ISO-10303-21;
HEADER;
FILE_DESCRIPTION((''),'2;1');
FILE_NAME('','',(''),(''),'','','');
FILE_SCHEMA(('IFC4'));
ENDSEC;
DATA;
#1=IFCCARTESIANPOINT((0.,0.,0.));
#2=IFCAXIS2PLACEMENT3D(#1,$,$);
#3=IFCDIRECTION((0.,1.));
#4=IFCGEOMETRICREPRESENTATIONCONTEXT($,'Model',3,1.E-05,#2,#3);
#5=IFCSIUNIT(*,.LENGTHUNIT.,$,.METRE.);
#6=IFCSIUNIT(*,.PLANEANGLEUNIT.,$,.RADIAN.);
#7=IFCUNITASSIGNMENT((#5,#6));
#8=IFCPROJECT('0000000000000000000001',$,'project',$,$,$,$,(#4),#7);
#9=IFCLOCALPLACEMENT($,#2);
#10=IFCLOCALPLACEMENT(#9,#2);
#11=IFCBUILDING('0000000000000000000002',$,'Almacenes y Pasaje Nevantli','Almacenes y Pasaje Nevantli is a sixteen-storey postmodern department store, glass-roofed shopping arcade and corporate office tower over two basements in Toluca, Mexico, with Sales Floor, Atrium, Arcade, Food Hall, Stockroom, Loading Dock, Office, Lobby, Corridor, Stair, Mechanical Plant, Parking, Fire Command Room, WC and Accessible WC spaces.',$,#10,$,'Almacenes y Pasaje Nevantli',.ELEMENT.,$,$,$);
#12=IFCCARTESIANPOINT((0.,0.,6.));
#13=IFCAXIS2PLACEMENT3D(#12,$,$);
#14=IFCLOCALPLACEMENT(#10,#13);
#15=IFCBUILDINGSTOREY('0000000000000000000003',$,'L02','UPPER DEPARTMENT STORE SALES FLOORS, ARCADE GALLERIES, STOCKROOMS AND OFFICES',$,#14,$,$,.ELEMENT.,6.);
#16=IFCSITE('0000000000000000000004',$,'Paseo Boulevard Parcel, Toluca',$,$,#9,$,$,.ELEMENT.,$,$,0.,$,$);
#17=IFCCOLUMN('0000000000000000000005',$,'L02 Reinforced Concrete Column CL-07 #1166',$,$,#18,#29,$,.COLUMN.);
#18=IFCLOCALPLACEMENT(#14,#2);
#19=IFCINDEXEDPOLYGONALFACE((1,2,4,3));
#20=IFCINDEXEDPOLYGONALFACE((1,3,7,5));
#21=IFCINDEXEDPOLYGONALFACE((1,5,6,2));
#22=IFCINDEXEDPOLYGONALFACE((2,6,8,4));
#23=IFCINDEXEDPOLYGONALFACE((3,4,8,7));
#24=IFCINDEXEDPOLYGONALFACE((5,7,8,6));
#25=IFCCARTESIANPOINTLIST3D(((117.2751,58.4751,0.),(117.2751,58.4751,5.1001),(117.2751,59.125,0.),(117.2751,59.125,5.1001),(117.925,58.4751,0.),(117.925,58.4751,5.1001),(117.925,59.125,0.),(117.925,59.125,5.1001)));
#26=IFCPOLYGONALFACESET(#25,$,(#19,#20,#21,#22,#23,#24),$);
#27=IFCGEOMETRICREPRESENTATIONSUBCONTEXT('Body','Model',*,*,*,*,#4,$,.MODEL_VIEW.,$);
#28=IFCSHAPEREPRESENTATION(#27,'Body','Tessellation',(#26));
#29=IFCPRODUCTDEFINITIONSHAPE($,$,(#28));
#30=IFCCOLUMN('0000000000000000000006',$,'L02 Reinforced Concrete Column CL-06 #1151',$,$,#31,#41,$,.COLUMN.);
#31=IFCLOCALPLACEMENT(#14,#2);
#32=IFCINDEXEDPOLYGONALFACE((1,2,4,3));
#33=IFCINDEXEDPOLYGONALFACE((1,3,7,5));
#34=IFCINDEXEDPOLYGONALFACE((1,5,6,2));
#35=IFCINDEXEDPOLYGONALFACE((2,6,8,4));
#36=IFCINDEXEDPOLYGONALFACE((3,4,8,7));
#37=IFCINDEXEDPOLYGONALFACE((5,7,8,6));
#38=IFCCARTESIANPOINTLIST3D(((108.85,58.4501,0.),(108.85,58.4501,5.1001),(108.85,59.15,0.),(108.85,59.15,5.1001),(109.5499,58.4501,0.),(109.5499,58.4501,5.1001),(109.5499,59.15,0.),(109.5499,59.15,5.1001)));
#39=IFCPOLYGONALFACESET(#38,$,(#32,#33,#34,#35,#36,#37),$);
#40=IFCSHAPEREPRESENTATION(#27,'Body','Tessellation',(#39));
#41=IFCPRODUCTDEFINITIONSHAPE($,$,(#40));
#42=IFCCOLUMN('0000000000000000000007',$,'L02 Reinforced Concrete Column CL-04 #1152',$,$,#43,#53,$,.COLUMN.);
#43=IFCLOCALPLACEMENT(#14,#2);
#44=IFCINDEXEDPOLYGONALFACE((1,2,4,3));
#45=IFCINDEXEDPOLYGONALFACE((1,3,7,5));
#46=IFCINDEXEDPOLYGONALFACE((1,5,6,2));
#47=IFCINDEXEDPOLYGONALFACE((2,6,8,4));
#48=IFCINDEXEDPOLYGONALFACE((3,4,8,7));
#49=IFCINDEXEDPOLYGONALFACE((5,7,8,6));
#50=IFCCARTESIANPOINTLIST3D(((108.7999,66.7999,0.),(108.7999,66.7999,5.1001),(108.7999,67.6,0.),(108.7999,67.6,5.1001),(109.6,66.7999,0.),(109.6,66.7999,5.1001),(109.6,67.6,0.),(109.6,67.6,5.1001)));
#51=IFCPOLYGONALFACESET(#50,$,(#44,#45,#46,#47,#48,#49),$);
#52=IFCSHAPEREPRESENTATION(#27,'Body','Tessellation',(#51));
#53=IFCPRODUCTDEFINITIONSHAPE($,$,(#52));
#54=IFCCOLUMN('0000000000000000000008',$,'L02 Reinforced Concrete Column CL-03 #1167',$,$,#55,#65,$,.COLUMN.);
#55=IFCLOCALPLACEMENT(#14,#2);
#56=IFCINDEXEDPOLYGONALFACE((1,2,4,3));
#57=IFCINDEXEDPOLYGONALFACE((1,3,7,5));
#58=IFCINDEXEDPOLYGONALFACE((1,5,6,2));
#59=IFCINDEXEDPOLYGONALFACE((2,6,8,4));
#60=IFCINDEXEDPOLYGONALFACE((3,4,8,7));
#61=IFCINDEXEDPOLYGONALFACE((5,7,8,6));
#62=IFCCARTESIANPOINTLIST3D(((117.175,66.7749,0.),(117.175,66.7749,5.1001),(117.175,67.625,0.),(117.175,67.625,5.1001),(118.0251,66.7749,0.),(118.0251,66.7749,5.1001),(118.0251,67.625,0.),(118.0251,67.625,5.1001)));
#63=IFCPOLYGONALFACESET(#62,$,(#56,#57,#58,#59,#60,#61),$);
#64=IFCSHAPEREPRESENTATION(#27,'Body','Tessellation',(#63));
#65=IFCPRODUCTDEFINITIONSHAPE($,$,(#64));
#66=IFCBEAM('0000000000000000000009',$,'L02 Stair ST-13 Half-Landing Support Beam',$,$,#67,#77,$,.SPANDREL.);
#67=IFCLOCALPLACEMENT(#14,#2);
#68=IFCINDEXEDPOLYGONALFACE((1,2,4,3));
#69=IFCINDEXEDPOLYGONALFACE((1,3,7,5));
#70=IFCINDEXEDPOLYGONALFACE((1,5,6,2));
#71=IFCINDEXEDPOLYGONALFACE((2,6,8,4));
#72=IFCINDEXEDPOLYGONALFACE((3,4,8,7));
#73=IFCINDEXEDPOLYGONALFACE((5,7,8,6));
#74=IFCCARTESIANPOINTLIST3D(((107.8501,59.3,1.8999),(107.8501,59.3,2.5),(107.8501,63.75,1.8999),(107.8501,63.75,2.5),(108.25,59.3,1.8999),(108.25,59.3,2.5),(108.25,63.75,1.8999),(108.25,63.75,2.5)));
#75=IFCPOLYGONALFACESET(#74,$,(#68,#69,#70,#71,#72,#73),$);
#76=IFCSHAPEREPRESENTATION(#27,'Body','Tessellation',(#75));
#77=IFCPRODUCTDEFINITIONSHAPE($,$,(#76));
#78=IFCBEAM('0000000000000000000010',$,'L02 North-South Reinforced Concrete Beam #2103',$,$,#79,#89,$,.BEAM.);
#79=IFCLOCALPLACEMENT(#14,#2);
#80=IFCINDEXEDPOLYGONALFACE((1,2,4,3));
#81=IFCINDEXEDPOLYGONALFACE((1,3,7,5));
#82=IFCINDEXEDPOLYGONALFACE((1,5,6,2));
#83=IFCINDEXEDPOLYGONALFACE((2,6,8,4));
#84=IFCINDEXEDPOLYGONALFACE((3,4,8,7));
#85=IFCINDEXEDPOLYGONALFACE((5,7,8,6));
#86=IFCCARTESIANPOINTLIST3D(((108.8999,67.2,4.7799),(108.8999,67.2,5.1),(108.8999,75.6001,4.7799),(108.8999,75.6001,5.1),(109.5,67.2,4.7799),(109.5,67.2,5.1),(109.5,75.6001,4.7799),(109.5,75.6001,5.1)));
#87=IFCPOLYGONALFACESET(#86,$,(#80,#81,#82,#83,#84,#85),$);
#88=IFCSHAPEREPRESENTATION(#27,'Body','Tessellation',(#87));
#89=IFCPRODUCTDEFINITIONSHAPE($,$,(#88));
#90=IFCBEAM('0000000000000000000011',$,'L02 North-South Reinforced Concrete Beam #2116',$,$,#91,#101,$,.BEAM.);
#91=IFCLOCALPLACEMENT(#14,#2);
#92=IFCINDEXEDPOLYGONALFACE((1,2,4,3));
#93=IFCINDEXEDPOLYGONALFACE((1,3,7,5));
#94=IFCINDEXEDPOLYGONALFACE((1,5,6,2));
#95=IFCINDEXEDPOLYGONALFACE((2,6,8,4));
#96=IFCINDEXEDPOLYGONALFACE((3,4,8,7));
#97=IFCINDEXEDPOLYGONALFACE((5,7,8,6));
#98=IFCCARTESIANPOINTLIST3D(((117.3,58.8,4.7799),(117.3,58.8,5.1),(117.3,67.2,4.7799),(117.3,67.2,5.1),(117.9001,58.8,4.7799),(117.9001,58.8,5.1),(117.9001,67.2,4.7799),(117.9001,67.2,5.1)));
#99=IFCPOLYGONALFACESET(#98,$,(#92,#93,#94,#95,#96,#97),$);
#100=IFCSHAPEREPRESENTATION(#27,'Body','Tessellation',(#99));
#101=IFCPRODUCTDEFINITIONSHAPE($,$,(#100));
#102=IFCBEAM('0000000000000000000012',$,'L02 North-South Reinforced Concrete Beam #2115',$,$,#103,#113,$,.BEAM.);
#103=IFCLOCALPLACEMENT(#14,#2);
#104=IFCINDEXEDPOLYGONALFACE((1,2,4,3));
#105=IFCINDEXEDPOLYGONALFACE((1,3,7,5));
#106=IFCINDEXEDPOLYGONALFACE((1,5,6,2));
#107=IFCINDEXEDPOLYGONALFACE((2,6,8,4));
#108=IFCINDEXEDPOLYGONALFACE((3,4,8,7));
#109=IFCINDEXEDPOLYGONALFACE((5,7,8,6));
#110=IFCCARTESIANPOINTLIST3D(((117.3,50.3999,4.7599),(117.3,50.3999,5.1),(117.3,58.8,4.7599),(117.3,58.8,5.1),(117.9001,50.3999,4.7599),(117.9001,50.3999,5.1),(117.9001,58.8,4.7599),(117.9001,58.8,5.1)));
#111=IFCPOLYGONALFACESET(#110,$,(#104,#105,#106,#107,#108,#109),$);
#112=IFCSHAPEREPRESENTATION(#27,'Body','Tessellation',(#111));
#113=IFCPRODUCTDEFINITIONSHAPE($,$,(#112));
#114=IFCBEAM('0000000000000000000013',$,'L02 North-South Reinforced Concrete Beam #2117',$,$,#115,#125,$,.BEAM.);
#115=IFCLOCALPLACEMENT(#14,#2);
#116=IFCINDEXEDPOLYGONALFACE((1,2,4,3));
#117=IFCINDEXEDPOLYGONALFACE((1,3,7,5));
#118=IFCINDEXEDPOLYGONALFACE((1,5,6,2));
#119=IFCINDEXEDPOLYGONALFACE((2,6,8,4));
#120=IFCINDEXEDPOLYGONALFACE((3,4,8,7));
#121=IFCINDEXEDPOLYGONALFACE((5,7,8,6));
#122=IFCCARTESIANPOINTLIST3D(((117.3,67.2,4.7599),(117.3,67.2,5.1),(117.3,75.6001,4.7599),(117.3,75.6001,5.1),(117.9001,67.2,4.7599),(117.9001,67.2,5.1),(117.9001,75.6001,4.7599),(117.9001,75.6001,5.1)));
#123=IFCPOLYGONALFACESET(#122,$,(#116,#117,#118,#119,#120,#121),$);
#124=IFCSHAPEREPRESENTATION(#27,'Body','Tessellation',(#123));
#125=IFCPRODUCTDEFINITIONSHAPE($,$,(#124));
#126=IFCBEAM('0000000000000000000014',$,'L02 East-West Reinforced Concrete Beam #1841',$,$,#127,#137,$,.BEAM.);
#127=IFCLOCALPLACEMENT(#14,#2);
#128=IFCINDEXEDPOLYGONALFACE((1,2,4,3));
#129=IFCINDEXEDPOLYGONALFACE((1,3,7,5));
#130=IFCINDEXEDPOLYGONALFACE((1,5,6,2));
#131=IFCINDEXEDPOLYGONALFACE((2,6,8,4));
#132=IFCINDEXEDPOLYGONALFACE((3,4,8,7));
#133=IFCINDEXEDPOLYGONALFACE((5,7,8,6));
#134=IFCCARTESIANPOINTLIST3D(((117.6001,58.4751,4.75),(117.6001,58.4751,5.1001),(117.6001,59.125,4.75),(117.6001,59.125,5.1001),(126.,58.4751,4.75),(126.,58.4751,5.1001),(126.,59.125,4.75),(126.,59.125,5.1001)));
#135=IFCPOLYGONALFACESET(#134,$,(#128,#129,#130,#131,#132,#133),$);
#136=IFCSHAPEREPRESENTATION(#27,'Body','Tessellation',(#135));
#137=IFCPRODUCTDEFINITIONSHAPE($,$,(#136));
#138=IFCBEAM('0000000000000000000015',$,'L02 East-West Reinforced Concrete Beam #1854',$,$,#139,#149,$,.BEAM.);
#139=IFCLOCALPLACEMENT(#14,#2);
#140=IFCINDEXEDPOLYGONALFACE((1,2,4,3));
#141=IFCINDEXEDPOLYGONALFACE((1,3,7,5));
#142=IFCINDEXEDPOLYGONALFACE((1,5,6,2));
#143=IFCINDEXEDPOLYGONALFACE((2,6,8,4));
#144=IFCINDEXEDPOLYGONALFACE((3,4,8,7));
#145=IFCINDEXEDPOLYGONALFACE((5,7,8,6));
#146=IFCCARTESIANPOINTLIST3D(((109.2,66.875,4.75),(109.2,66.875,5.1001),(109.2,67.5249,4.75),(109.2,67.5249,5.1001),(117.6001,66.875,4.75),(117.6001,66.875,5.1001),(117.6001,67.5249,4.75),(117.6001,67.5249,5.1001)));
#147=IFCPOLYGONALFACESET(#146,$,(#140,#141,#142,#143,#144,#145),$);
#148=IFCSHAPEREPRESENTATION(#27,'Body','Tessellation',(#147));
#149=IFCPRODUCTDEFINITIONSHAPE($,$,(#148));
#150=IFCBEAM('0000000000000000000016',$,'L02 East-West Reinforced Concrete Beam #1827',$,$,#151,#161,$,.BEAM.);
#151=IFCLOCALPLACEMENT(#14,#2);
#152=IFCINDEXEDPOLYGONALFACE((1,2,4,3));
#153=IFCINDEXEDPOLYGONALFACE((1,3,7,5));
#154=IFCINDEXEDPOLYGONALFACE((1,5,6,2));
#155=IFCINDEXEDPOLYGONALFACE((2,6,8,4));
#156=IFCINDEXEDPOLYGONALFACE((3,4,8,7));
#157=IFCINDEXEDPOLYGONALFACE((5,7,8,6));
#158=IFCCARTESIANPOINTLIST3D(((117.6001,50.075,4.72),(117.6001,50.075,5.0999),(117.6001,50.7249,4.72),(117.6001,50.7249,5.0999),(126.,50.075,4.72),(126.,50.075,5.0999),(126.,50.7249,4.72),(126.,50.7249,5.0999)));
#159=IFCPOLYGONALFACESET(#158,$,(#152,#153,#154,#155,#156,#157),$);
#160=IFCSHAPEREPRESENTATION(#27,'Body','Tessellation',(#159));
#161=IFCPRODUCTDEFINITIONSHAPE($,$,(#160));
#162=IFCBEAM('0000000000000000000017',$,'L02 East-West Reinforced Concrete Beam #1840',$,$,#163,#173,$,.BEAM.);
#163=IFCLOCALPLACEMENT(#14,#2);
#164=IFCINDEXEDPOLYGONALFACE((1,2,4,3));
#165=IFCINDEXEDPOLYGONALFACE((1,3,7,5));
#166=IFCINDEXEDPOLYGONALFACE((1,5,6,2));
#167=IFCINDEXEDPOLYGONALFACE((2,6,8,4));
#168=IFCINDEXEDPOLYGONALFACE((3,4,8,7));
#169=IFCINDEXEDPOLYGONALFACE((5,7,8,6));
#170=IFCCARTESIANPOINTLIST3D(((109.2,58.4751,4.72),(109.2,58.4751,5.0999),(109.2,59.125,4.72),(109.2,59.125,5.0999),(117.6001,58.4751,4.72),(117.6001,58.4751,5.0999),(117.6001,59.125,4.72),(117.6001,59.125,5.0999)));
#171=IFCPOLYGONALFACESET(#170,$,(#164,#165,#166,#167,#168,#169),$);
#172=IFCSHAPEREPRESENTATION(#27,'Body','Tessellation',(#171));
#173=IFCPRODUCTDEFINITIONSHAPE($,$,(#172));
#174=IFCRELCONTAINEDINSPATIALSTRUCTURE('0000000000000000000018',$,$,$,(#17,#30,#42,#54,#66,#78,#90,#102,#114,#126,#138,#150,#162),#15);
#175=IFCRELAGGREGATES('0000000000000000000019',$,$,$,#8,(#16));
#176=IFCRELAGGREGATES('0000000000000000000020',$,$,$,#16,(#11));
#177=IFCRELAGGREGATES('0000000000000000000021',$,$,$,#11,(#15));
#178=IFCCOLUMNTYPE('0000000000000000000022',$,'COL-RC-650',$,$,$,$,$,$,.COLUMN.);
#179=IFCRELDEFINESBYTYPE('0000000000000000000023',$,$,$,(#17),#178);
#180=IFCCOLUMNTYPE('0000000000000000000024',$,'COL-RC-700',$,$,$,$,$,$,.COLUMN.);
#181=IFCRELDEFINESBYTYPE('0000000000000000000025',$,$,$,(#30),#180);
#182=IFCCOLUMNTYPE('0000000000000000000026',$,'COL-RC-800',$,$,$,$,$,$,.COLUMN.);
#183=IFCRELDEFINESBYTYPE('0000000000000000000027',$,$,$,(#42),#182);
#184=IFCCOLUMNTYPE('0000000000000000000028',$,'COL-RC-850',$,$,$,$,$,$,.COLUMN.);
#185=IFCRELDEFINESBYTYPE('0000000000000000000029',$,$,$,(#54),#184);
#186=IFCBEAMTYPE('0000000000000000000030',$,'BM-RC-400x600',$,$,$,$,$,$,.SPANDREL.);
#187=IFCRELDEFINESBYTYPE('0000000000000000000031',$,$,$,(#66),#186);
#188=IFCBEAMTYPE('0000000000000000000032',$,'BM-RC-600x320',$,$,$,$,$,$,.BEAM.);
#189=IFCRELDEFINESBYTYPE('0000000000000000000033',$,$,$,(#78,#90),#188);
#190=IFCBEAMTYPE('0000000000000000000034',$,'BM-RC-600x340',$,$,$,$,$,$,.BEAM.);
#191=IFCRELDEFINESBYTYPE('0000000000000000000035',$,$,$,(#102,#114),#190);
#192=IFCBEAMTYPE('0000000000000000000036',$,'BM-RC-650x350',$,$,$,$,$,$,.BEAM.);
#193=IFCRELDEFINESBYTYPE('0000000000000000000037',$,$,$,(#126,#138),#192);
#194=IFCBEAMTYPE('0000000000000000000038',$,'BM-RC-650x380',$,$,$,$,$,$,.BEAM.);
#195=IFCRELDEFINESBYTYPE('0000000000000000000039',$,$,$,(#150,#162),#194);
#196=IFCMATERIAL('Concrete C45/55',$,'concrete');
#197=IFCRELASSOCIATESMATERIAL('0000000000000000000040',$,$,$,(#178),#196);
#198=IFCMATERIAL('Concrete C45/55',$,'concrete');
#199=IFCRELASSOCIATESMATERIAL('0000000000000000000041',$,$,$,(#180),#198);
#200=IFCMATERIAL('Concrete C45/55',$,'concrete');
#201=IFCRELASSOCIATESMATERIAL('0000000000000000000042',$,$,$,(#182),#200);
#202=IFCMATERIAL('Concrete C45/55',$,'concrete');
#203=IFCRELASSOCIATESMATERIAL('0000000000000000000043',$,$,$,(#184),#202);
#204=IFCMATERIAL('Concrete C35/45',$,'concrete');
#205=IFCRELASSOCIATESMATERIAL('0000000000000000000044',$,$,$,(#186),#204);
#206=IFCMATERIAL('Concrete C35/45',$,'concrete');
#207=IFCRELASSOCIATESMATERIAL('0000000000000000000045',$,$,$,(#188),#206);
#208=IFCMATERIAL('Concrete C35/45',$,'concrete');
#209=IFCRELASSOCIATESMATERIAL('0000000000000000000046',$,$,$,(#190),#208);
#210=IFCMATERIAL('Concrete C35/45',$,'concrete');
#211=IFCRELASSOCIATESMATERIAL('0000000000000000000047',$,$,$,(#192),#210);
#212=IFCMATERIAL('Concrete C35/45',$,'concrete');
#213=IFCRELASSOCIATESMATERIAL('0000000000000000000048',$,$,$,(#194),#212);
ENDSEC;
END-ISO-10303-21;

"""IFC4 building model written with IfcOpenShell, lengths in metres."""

from ifc_helpers import new_model, si_unit, direction, frame, origin, origin_2d, place, context, subcontext, project, spatial, rectangle, extrude, material, material_profile, profile_set, type_object, element, save


model = new_model("IFC4")

# Units and contexts
model_context = context("Model", 3, precision=1e-05, world=origin(), true_north=direction((0.0, 1.0)))
body_context = subcontext(model_context, "Body", "Model", "MODEL_VIEW")
ifc_project = project(units=[si_unit("LENGTHUNIT", "METRE"), si_unit("PLANEANGLEUNIT", "RADIAN")], contexts=[model_context])

# Site, building, storey
site_placement = place(None, origin())
site = spatial("IfcSite", under=ifc_project, at=site_placement, Name="Paseo Boulevard Parcel, Toluca", CompositionType="ELEMENT", RefElevation=0.0)
building_placement = place(site_placement, origin())
building = spatial("IfcBuilding", under=site, at=building_placement, Name="Almacenes y Pasaje Nevantli", Description="Almacenes y Pasaje Nevantli is a sixteen-storey postmodern department store, glass-roofed shopping arcade and corporate office tower over two basements in Toluca, Mexico, with Sales Floor, Atrium, Arcade, Food Hall, Stockroom, Loading Dock, Office, Lobby, Corridor, Stair, Mechanical Plant, Parking, Fire Command Room, WC and Accessible WC spaces.", LongName="Almacenes y Pasaje Nevantli", CompositionType="ELEMENT")
storey_placement = place(building_placement, frame((0.0, 0.0, 6.0)))
storey = spatial("IfcBuildingStorey", under=building, at=storey_placement, Name="L02", Description="UPPER DEPARTMENT STORE SALES FLOORS, ARCADE GALLERIES, STOCKROOMS AND OFFICES", CompositionType="ELEMENT", Elevation=6.0)

# Columns
ifc_material_1 = material(Name="Concrete C45/55", Category="concrete")
ifc_material_profile_1 = material_profile(ifc_material_1, rectangle(XDim=0.6499, YDim=0.6499, at=origin_2d()), Name="RC-COL-650x650")
ifc_profile_set_1 = profile_set([ifc_material_profile_1], Name="Concrete C45/55")
column_type_1 = type_object("IfcColumnType", Name="COL-RC-650", PredefinedType="COLUMN", material=ifc_profile_set_1)
column_1_placement = place(storey_placement, frame((117.6001, 58.8, 0.0), z_axis=(0.0, 0.0, 1.0), x_axis=(1.0, 0.0, 0.0)))
element("IfcColumn", 1, at=column_1_placement, inside=storey, type_object=column_type_1, Name="L02 Reinforced Concrete Column CL-07 #1166", PredefinedType="COLUMN", context=body_context, shape_type="SweptSolid", body=[
    extrude(rectangle(XDim=0.6499, YDim=0.6499, at=origin_2d()), origin(), (0.0, 0.0, 1.0), 5.1001),
])
ifc_material_2 = material(Name="Concrete C45/55", Category="concrete")
ifc_material_profile_2 = material_profile(ifc_material_2, rectangle(XDim=0.7, YDim=0.7, at=origin_2d()), Name="RC-COL-700x700")
ifc_profile_set_2 = profile_set([ifc_material_profile_2], Name="Concrete C45/55")
column_type_2 = type_object("IfcColumnType", Name="COL-RC-700", PredefinedType="COLUMN", material=ifc_profile_set_2)
column_2_placement = place(storey_placement, frame((109.2, 58.8, 0.0), z_axis=(0.0, 0.0, 1.0), x_axis=(1.0, 0.0, 0.0)))
element("IfcColumn", 2, at=column_2_placement, inside=storey, type_object=column_type_2, Name="L02 Reinforced Concrete Column CL-06 #1151", PredefinedType="COLUMN", context=body_context, shape_type="SweptSolid", body=[
    extrude(rectangle(XDim=0.7, YDim=0.7, at=origin_2d()), origin(), (0.0, 0.0, 1.0), 5.1001),
])
ifc_material_3 = material(Name="Concrete C45/55", Category="concrete")
ifc_material_profile_3 = material_profile(ifc_material_3, rectangle(XDim=0.8, YDim=0.8, at=origin_2d()), Name="RC-COL-800x800")
ifc_profile_set_3 = profile_set([ifc_material_profile_3], Name="Concrete C45/55")
column_type_3 = type_object("IfcColumnType", Name="COL-RC-800", PredefinedType="COLUMN", material=ifc_profile_set_3)
column_3_placement = place(storey_placement, frame((109.2, 67.2, 0.0), z_axis=(0.0, 0.0, 1.0), x_axis=(1.0, 0.0, 0.0)))
element("IfcColumn", 3, at=column_3_placement, inside=storey, type_object=column_type_3, Name="L02 Reinforced Concrete Column CL-04 #1152", PredefinedType="COLUMN", context=body_context, shape_type="SweptSolid", body=[
    extrude(rectangle(XDim=0.8, YDim=0.8, at=origin_2d()), origin(), (0.0, 0.0, 1.0), 5.1001),
])
ifc_material_4 = material(Name="Concrete C45/55", Category="concrete")
ifc_material_profile_4 = material_profile(ifc_material_4, rectangle(XDim=0.8501, YDim=0.8501, at=origin_2d()), Name="RC-COL-850x850")
ifc_profile_set_4 = profile_set([ifc_material_profile_4], Name="Concrete C45/55")
column_type_4 = type_object("IfcColumnType", Name="COL-RC-850", PredefinedType="COLUMN", material=ifc_profile_set_4)
column_4_placement = place(storey_placement, frame((117.6001, 67.2, 0.0), z_axis=(0.0, 0.0, 1.0), x_axis=(1.0, 0.0, 0.0)))
element("IfcColumn", 4, at=column_4_placement, inside=storey, type_object=column_type_4, Name="L02 Reinforced Concrete Column CL-03 #1167", PredefinedType="COLUMN", context=body_context, shape_type="SweptSolid", body=[
    extrude(rectangle(XDim=0.8501, YDim=0.8501, at=origin_2d()), origin(), (0.0, 0.0, 1.0), 5.1001),
])

# Beams
ifc_material_5 = material(Name="Concrete C35/45", Category="concrete")
ifc_material_profile_5 = material_profile(ifc_material_5, rectangle(XDim=0.3999, YDim=0.6001, at=origin_2d()), Name="RC-BM-400x600")
ifc_profile_set_5 = profile_set([ifc_material_profile_5], Name="Concrete C35/45")
beam_type_1 = type_object("IfcBeamType", Name="BM-RC-400x600", PredefinedType="SPANDREL", material=ifc_profile_set_5)
beam_1_placement = place(storey_placement, frame((108.05, 59.3, 2.2), z_axis=(0.0, 1.0, 0.0), x_axis=(-1.0, 0.0, 0.0)))
element("IfcBeam", 5, at=beam_1_placement, inside=storey, type_object=beam_type_1, Name="L02 Stair ST-13 Half-Landing Support Beam", PredefinedType="SPANDREL", context=body_context, shape_type="SweptSolid", body=[
    extrude(rectangle(XDim=0.3999, YDim=0.6001, at=origin_2d()), origin(), (0.0, 0.0, 1.0), 4.45),
])
ifc_material_6 = material(Name="Concrete C35/45", Category="concrete")
ifc_material_profile_6 = material_profile(ifc_material_6, rectangle(XDim=0.6001, YDim=0.3201, at=origin_2d()), Name="RC-BM-600x320")
ifc_profile_set_6 = profile_set([ifc_material_profile_6], Name="Concrete C35/45")
beam_type_2 = type_object("IfcBeamType", Name="BM-RC-600x320", PredefinedType="BEAM", material=ifc_profile_set_6)
beam_2_placement = place(storey_placement, frame((109.2, 67.2, 4.9399), z_axis=(0.0, 1.0, 0.0), x_axis=(-1.0, 0.0, 0.0)))
element("IfcBeam", 6, at=beam_2_placement, inside=storey, type_object=beam_type_2, Name="L02 North-South Reinforced Concrete Beam #2103", PredefinedType="BEAM", context=body_context, shape_type="SweptSolid", body=[
    extrude(rectangle(XDim=0.6001, YDim=0.3201, at=origin_2d()), origin(), (0.0, 0.0, 1.0), 8.4001),
])
beam_3_placement = place(storey_placement, frame((117.6001, 58.8, 4.9399), z_axis=(0.0, 1.0, 0.0), x_axis=(-1.0, 0.0, 0.0)))
element("IfcBeam", 7, at=beam_3_placement, inside=storey, type_object=beam_type_2, Name="L02 North-South Reinforced Concrete Beam #2116", PredefinedType="BEAM", context=body_context, shape_type="SweptSolid", body=[
    extrude(rectangle(XDim=0.6001, YDim=0.3201, at=origin_2d()), origin(), (0.0, 0.0, 1.0), 8.3999),
])
ifc_material_7 = material(Name="Concrete C35/45", Category="concrete")
ifc_material_profile_7 = material_profile(ifc_material_7, rectangle(XDim=0.6001, YDim=0.3401, at=origin_2d()), Name="RC-BM-600x340")
ifc_profile_set_7 = profile_set([ifc_material_profile_7], Name="Concrete C35/45")
beam_type_3 = type_object("IfcBeamType", Name="BM-RC-600x340", PredefinedType="BEAM", material=ifc_profile_set_7)
for number, where, z_axis, x_axis, name in (
    (8, (117.6001, 50.3999, 4.9299), (0.0, 1.0, 0.0), (-1.0, 0.0, 0.0), "L02 North-South Reinforced Concrete Beam #2115"),
    (9, (117.6001, 67.2, 4.9299), (0.0, 1.0, 0.0), (-1.0, 0.0, 0.0), "L02 North-South Reinforced Concrete Beam #2117"),
):
    element("IfcBeam", number, at=place(storey_placement, frame(where, z_axis=z_axis, x_axis=x_axis)), inside=storey, type_object=beam_type_3, Name=name, PredefinedType="BEAM", context=body_context, shape_type="SweptSolid", body=[
        extrude(rectangle(XDim=0.6001, YDim=0.3401, at=origin_2d()), origin(), (0.0, 0.0, 1.0), 8.4001),
    ])
ifc_material_8 = material(Name="Concrete C35/45", Category="concrete")
ifc_material_profile_8 = material_profile(ifc_material_8, rectangle(XDim=0.6499, YDim=0.3501, at=origin_2d()), Name="RC-BM-650x350")
ifc_profile_set_8 = profile_set([ifc_material_profile_8], Name="Concrete C35/45")
beam_type_4 = type_object("IfcBeamType", Name="BM-RC-650x350", PredefinedType="BEAM", material=ifc_profile_set_8)
beam_4_placement = place(storey_placement, frame((117.6001, 58.8, 4.925), z_axis=(1.0, 0.0, 0.0), x_axis=(0.0, 1.0, 0.0)))
element("IfcBeam", 10, at=beam_4_placement, inside=storey, type_object=beam_type_4, Name="L02 East-West Reinforced Concrete Beam #1841", PredefinedType="BEAM", context=body_context, shape_type="SweptSolid", body=[
    extrude(rectangle(XDim=0.6499, YDim=0.3501, at=origin_2d()), origin(), (0.0, 0.0, 1.0), 8.3999),
])
beam_5_placement = place(storey_placement, frame((109.2, 67.2, 4.925), z_axis=(1.0, 0.0, 0.0), x_axis=(0.0, 1.0, 0.0)))
element("IfcBeam", 11, at=beam_5_placement, inside=storey, type_object=beam_type_4, Name="L02 East-West Reinforced Concrete Beam #1854", PredefinedType="BEAM", context=body_context, shape_type="SweptSolid", body=[
    extrude(rectangle(XDim=0.6499, YDim=0.3501, at=origin_2d()), origin(), (0.0, 0.0, 1.0), 8.4001),
])
ifc_material_9 = material(Name="Concrete C35/45", Category="concrete")
ifc_material_profile_9 = material_profile(ifc_material_9, rectangle(XDim=0.6499, YDim=0.3799, at=origin_2d()), Name="RC-BM-650x380")
ifc_profile_set_9 = profile_set([ifc_material_profile_9], Name="Concrete C35/45")
beam_type_5 = type_object("IfcBeamType", Name="BM-RC-650x380", PredefinedType="BEAM", material=ifc_profile_set_9)
beam_6_placement = place(storey_placement, frame((117.6001, 50.3999, 4.9099), z_axis=(1.0, 0.0, 0.0), x_axis=(0.0, 1.0, 0.0)))
element("IfcBeam", 12, at=beam_6_placement, inside=storey, type_object=beam_type_5, Name="L02 East-West Reinforced Concrete Beam #1827", PredefinedType="BEAM", context=body_context, shape_type="SweptSolid", body=[
    extrude(rectangle(XDim=0.6499, YDim=0.3799, at=origin_2d()), origin(), (0.0, 0.0, 1.0), 8.3999),
])
beam_7_placement = place(storey_placement, frame((109.2, 58.8, 4.9099), z_axis=(1.0, 0.0, 0.0), x_axis=(0.0, 1.0, 0.0)))
element("IfcBeam", 13, at=beam_7_placement, inside=storey, type_object=beam_type_5, Name="L02 East-West Reinforced Concrete Beam #1840", PredefinedType="BEAM", context=body_context, shape_type="SweptSolid", body=[
    extrude(rectangle(XDim=0.6499, YDim=0.3799, at=origin_2d()), origin(), (0.0, 0.0, 1.0), 8.4001),
])

save(model, "model.ifc")
